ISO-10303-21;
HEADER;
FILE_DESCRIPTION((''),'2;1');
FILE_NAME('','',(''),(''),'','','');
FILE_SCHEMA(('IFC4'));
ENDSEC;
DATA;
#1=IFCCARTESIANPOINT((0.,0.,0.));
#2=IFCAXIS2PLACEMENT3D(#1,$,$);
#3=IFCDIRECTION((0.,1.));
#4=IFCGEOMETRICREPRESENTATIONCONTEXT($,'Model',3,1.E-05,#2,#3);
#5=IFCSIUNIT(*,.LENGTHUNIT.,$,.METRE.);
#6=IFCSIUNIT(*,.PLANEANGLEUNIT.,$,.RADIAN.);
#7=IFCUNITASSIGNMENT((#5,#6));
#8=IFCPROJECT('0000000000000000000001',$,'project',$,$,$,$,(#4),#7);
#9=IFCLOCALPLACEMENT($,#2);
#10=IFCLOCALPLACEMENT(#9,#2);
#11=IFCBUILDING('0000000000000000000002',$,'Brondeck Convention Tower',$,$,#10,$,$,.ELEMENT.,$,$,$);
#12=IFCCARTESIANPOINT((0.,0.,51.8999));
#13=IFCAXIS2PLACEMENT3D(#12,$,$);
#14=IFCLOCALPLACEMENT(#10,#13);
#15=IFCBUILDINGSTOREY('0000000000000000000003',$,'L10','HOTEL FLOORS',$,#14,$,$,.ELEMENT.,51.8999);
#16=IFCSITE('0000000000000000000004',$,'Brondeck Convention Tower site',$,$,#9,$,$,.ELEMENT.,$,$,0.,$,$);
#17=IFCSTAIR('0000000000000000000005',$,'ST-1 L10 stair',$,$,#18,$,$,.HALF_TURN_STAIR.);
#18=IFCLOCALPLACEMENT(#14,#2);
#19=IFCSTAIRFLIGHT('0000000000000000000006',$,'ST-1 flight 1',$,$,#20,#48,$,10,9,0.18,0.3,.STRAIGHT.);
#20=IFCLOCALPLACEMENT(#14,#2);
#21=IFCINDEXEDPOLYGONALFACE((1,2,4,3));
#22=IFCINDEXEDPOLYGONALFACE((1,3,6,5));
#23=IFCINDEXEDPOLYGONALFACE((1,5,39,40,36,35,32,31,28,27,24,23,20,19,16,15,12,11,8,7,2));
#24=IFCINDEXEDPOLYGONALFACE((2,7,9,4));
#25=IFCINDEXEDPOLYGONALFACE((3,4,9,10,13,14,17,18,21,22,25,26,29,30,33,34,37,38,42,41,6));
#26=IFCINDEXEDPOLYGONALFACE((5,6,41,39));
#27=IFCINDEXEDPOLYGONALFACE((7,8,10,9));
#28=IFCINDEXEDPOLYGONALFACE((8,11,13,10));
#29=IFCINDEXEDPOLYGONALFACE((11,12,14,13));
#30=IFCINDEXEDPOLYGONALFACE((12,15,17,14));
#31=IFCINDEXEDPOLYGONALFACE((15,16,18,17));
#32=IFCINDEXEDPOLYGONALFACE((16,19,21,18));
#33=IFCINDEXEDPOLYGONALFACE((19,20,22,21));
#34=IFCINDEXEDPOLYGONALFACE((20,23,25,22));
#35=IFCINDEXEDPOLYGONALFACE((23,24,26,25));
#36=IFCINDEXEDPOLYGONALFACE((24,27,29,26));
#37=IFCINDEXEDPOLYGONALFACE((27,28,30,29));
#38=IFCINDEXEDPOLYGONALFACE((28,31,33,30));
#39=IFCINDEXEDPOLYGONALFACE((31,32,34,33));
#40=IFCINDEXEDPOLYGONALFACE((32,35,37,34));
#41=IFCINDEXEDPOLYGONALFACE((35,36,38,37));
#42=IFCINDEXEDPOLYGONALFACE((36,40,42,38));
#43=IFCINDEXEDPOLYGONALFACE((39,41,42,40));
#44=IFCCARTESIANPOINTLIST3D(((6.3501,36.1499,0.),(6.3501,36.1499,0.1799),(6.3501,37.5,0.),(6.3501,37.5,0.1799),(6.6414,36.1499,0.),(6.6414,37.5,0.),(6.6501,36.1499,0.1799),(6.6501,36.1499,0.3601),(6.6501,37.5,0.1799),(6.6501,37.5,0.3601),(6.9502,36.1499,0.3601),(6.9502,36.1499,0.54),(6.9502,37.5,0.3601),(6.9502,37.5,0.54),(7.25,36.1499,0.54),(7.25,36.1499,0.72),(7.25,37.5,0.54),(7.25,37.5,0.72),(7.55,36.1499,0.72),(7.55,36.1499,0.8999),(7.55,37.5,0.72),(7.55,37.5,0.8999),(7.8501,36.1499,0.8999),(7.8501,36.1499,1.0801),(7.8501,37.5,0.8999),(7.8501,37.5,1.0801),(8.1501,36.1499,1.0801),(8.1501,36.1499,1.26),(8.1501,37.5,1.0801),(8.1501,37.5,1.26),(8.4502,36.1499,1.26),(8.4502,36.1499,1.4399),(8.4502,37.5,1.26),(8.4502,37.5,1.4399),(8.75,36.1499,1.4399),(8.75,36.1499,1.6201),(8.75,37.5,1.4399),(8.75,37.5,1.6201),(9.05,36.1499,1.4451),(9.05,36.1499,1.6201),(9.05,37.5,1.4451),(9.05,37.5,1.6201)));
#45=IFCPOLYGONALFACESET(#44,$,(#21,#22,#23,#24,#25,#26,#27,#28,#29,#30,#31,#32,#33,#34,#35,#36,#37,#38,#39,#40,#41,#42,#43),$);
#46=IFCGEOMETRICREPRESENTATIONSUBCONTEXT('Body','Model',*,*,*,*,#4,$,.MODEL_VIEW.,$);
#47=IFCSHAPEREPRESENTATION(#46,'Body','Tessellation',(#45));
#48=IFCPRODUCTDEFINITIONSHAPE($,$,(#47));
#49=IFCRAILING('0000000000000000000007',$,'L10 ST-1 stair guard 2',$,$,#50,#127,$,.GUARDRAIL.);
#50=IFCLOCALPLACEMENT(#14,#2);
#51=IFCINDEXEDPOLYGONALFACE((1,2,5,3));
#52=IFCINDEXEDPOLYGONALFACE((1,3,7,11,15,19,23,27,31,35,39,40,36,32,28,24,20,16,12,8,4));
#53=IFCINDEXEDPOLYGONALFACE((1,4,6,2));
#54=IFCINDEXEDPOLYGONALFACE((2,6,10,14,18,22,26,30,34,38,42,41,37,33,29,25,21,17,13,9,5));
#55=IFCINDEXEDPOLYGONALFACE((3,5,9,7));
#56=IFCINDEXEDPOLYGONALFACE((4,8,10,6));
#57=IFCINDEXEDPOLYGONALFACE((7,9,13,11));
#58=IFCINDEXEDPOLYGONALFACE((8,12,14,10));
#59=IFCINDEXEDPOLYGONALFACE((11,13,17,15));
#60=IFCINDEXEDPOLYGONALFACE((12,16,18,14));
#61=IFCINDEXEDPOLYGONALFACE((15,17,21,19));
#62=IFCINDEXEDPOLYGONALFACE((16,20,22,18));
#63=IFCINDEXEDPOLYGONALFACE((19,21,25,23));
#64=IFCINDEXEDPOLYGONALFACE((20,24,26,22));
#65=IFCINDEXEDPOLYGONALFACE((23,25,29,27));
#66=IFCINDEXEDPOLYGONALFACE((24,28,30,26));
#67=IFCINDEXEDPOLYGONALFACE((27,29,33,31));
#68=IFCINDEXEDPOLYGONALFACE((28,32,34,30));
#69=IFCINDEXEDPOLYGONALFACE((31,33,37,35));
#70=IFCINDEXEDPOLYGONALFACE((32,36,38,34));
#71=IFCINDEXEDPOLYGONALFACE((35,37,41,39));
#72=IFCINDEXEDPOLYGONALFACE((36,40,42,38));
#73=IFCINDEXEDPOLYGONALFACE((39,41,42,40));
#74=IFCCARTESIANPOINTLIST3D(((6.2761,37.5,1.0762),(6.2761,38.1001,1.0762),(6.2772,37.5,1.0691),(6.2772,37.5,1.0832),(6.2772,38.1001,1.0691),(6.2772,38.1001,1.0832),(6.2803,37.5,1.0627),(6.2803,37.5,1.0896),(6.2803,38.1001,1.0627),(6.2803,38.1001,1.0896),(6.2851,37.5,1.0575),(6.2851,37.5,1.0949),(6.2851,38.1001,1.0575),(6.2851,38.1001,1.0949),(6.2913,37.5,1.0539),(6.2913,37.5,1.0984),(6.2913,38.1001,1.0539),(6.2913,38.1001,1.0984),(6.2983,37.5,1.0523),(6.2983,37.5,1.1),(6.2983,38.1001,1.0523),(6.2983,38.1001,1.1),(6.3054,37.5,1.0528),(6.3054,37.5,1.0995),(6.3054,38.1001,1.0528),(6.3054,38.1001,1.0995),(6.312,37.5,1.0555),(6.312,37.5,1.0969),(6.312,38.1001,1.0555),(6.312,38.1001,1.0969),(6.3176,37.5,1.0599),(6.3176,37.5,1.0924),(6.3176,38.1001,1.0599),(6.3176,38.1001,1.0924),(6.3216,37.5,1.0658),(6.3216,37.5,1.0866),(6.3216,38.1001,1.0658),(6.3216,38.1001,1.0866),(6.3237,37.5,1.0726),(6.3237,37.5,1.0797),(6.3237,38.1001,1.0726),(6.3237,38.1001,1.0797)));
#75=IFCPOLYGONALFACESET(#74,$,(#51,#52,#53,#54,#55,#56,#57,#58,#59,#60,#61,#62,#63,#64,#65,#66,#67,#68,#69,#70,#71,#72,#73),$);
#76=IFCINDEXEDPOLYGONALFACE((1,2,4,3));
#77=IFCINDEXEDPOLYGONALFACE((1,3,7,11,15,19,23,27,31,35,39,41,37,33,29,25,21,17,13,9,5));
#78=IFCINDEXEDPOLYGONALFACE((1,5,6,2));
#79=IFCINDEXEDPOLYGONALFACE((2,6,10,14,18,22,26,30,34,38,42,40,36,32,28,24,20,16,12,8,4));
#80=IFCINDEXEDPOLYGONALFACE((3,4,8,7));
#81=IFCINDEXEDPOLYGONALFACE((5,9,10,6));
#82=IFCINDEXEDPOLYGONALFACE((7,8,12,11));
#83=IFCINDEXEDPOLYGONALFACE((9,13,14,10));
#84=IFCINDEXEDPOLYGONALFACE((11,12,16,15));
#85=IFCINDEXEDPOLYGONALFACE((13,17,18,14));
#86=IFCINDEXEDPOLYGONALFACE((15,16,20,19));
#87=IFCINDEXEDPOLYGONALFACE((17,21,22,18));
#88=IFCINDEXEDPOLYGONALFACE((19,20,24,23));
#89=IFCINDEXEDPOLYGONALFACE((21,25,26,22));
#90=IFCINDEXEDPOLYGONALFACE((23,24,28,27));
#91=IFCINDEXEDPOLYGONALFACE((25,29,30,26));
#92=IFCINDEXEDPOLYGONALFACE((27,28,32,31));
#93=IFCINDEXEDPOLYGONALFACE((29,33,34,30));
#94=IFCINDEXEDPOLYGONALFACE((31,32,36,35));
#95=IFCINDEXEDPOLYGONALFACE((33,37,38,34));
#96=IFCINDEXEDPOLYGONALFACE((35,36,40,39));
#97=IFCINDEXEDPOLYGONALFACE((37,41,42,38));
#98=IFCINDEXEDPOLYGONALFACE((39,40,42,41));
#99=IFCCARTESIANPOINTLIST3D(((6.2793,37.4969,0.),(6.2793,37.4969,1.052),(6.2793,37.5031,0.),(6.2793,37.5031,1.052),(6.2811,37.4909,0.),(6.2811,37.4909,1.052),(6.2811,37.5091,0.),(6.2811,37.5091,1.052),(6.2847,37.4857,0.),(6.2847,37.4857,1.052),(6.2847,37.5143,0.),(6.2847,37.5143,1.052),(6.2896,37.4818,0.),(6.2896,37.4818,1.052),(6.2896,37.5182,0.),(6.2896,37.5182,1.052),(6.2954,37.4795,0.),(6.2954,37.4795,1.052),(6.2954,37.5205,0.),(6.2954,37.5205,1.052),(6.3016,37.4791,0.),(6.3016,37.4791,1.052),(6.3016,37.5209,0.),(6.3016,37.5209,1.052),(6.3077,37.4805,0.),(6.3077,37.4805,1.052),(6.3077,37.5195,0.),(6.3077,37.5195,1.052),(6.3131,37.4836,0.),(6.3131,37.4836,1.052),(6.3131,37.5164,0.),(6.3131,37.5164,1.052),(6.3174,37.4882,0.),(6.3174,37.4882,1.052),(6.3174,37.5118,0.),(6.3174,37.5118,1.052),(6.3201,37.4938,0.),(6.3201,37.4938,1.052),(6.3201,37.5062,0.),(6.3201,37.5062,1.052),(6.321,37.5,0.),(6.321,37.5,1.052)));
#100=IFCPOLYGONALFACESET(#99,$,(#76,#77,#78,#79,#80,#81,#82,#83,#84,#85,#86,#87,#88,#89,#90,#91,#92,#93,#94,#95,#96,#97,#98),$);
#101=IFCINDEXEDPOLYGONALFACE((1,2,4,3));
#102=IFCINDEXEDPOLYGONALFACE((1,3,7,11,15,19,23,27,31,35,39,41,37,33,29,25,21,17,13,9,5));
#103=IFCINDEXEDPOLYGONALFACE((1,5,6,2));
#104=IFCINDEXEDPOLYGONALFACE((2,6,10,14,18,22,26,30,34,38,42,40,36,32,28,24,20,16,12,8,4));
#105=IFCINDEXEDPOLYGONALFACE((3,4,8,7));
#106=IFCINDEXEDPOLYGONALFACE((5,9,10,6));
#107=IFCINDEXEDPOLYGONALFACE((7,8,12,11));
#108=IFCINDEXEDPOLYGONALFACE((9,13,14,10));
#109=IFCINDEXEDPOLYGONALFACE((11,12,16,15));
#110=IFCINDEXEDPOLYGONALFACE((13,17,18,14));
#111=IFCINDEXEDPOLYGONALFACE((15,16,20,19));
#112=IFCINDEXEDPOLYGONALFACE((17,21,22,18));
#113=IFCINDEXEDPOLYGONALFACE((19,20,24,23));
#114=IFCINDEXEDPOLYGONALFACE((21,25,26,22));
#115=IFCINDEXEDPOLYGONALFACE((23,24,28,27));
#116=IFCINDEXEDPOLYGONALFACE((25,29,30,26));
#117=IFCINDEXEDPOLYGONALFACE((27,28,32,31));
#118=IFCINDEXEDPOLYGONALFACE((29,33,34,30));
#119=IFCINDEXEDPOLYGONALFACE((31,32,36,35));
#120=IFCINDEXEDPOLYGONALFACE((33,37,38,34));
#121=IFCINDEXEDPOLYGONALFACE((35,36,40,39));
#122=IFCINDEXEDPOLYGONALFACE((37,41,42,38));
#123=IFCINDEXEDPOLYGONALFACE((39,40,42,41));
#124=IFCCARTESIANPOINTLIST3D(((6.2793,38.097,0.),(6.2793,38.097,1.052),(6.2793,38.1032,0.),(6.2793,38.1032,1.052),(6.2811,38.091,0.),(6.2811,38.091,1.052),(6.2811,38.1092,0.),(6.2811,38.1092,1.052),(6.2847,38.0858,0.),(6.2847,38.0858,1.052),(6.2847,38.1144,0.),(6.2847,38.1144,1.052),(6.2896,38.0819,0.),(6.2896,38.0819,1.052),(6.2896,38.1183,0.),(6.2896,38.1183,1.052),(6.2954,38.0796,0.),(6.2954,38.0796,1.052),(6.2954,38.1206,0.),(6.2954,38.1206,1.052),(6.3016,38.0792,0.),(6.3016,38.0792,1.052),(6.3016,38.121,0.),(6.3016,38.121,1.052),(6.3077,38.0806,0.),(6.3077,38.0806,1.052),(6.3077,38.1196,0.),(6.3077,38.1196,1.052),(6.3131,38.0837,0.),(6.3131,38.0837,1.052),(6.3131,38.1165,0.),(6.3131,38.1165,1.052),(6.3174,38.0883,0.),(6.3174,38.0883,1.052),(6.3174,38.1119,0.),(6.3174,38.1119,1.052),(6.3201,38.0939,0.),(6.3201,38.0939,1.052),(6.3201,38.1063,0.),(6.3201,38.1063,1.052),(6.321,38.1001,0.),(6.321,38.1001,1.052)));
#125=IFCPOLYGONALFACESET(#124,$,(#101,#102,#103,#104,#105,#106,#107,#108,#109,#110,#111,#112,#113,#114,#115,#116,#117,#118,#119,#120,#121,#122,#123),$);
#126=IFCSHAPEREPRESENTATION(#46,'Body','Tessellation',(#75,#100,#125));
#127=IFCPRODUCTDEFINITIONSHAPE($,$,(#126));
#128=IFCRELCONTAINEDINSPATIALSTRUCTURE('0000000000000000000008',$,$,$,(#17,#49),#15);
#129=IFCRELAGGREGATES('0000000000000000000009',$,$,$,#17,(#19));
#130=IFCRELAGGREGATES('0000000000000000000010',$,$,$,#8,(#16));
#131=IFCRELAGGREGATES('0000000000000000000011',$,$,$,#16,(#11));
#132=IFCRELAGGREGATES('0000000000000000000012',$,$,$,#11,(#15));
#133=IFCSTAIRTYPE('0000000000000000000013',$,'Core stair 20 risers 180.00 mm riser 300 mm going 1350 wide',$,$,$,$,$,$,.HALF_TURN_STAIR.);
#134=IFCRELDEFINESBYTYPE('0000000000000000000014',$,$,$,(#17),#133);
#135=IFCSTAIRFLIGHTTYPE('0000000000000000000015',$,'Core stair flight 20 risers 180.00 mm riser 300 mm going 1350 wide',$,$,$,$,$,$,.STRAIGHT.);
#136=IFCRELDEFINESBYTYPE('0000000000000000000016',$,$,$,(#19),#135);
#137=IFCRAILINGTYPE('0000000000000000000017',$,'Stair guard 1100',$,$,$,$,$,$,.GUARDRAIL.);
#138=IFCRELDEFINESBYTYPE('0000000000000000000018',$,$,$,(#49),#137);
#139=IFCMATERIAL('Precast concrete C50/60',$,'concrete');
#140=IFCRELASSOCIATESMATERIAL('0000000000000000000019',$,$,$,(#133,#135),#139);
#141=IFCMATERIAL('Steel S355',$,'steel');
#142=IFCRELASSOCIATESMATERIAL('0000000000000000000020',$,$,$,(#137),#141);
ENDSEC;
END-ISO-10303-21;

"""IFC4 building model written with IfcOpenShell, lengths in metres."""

from ifc_helpers import new_model, si_unit, direction, frame, origin, origin_2d, place, context, subcontext, project, spatial, polyline, circle, outline, extrude, material, type_object, element, aggregate, save


model = new_model("IFC4")

# Units and contexts
model_context = context("Model", 3, precision=1e-05, world=origin(), true_north=direction((0.0, 1.0)))
body_context = subcontext(model_context, "Body", "Model", "MODEL_VIEW")
ifc_project = project(units=[si_unit("LENGTHUNIT", "METRE"), si_unit("PLANEANGLEUNIT", "RADIAN")], contexts=[model_context])

# Site, building, storey
site_placement = place(None, origin())
site = spatial("IfcSite", under=ifc_project, at=site_placement, Name="Brondeck Convention Tower site", CompositionType="ELEMENT", RefElevation=0.0)
building_placement = place(site_placement, origin())
building = spatial("IfcBuilding", under=site, at=building_placement, Name="Brondeck Convention Tower", CompositionType="ELEMENT")
storey_placement = place(building_placement, frame((0.0, 0.0, 51.8999)))
storey = spatial("IfcBuildingStorey", under=building, at=storey_placement, Name="L10", Description="HOTEL FLOORS", CompositionType="ELEMENT", Elevation=51.8999)

# Stair, stair flight
ifc_material_1 = material(Name="Precast concrete C50/60", Category="concrete")
stair_type = type_object("IfcStairType", Name="Core stair 20 risers 180.00 mm riser 300 mm going 1350 wide", PredefinedType="HALF_TURN_STAIR", material=ifc_material_1)
stair_placement = place(storey_placement, origin())
stair = element("IfcStair", 1, at=stair_placement, inside=storey, type_object=stair_type, Name="ST-1 L10 stair", PredefinedType="HALF_TURN_STAIR")
stair_flight_type = type_object("IfcStairFlightType", Name="Core stair flight 20 risers 180.00 mm riser 300 mm going 1350 wide", PredefinedType="STRAIGHT", material=ifc_material_1)
stair_flight_placement = place(storey_placement, frame((6.3501, 36.825, 0.0), z_axis=(0.0, 0.0, 1.0), x_axis=(1.0, 0.0, 0.0)))
stair_flight = element("IfcStairFlight", 2, at=stair_flight_placement, type_object=stair_flight_type, Name="ST-1 flight 1", NumberOfRisers=10, NumberOfTreads=9, PredefinedType="STRAIGHT", RiserHeight=0.18, TreadLength=0.3, context=body_context, shape_type="SweptSolid", body=[
    extrude(outline(polyline([(0.0, 0.0), (0.0, 0.1799), (0.3, 0.1799), (0.3, 0.3601), (0.6001, 0.3601), (0.6001, 0.54), (0.8999, 0.54), (0.8999, 0.72), (1.2, 0.72), (1.2, 0.8999), (1.5, 0.8999), (1.5, 1.0801), (1.8, 1.0801), (1.8, 1.26), (2.1001, 1.26), (2.1001, 1.4399), (2.3999, 1.4399), (2.3999, 1.6201), (2.7, 1.6201), (2.7, 1.8), (2.7, 1.4451), (0.2913, 0.0), (0.0, 0.0)])), frame((0.0, 0.675, 0.0), z_axis=(0.0, -1.0, 0.0), x_axis=(1.0, 0.0, 0.0)), (0.0, 0.0, 1.0), 1.3501),
])
aggregate(stair, [stair_flight])

# Railing
ifc_material_2 = material(Name="Steel S355", Category="steel")
railing_type_1 = type_object("IfcRailingType", Name="Stair guard 1100", PredefinedType="GUARDRAIL", material=ifc_material_2)
railing_1_placement = place(storey_placement, frame((6.3, 37.5, 0.0)))
element("IfcRailing", 3, at=railing_1_placement, inside=storey, type_object=railing_type_1, Name="L10 ST-1 stair guard 2", PredefinedType="GUARDRAIL", context=body_context, shape_type="SweptSolid", body=[
    extrude(circle(Radius=0.0239, at=origin_2d()), frame((0.0, 0.0, 1.0762), z_axis=(0.0, 1.0, 0.0), x_axis=(-1.0, 0.0, 0.0)), (0.0, 0.0, 1.0), 0.6001),
    extrude(circle(Radius=0.021, at=origin_2d()), origin(), (0.0, 0.0, 1.0), 1.052),
    extrude(circle(Radius=0.021, at=origin_2d()), frame((0.0, 0.6001, 0.0)), (0.0, 0.0, 1.0), 1.052),
])

save(model, "model.ifc")
